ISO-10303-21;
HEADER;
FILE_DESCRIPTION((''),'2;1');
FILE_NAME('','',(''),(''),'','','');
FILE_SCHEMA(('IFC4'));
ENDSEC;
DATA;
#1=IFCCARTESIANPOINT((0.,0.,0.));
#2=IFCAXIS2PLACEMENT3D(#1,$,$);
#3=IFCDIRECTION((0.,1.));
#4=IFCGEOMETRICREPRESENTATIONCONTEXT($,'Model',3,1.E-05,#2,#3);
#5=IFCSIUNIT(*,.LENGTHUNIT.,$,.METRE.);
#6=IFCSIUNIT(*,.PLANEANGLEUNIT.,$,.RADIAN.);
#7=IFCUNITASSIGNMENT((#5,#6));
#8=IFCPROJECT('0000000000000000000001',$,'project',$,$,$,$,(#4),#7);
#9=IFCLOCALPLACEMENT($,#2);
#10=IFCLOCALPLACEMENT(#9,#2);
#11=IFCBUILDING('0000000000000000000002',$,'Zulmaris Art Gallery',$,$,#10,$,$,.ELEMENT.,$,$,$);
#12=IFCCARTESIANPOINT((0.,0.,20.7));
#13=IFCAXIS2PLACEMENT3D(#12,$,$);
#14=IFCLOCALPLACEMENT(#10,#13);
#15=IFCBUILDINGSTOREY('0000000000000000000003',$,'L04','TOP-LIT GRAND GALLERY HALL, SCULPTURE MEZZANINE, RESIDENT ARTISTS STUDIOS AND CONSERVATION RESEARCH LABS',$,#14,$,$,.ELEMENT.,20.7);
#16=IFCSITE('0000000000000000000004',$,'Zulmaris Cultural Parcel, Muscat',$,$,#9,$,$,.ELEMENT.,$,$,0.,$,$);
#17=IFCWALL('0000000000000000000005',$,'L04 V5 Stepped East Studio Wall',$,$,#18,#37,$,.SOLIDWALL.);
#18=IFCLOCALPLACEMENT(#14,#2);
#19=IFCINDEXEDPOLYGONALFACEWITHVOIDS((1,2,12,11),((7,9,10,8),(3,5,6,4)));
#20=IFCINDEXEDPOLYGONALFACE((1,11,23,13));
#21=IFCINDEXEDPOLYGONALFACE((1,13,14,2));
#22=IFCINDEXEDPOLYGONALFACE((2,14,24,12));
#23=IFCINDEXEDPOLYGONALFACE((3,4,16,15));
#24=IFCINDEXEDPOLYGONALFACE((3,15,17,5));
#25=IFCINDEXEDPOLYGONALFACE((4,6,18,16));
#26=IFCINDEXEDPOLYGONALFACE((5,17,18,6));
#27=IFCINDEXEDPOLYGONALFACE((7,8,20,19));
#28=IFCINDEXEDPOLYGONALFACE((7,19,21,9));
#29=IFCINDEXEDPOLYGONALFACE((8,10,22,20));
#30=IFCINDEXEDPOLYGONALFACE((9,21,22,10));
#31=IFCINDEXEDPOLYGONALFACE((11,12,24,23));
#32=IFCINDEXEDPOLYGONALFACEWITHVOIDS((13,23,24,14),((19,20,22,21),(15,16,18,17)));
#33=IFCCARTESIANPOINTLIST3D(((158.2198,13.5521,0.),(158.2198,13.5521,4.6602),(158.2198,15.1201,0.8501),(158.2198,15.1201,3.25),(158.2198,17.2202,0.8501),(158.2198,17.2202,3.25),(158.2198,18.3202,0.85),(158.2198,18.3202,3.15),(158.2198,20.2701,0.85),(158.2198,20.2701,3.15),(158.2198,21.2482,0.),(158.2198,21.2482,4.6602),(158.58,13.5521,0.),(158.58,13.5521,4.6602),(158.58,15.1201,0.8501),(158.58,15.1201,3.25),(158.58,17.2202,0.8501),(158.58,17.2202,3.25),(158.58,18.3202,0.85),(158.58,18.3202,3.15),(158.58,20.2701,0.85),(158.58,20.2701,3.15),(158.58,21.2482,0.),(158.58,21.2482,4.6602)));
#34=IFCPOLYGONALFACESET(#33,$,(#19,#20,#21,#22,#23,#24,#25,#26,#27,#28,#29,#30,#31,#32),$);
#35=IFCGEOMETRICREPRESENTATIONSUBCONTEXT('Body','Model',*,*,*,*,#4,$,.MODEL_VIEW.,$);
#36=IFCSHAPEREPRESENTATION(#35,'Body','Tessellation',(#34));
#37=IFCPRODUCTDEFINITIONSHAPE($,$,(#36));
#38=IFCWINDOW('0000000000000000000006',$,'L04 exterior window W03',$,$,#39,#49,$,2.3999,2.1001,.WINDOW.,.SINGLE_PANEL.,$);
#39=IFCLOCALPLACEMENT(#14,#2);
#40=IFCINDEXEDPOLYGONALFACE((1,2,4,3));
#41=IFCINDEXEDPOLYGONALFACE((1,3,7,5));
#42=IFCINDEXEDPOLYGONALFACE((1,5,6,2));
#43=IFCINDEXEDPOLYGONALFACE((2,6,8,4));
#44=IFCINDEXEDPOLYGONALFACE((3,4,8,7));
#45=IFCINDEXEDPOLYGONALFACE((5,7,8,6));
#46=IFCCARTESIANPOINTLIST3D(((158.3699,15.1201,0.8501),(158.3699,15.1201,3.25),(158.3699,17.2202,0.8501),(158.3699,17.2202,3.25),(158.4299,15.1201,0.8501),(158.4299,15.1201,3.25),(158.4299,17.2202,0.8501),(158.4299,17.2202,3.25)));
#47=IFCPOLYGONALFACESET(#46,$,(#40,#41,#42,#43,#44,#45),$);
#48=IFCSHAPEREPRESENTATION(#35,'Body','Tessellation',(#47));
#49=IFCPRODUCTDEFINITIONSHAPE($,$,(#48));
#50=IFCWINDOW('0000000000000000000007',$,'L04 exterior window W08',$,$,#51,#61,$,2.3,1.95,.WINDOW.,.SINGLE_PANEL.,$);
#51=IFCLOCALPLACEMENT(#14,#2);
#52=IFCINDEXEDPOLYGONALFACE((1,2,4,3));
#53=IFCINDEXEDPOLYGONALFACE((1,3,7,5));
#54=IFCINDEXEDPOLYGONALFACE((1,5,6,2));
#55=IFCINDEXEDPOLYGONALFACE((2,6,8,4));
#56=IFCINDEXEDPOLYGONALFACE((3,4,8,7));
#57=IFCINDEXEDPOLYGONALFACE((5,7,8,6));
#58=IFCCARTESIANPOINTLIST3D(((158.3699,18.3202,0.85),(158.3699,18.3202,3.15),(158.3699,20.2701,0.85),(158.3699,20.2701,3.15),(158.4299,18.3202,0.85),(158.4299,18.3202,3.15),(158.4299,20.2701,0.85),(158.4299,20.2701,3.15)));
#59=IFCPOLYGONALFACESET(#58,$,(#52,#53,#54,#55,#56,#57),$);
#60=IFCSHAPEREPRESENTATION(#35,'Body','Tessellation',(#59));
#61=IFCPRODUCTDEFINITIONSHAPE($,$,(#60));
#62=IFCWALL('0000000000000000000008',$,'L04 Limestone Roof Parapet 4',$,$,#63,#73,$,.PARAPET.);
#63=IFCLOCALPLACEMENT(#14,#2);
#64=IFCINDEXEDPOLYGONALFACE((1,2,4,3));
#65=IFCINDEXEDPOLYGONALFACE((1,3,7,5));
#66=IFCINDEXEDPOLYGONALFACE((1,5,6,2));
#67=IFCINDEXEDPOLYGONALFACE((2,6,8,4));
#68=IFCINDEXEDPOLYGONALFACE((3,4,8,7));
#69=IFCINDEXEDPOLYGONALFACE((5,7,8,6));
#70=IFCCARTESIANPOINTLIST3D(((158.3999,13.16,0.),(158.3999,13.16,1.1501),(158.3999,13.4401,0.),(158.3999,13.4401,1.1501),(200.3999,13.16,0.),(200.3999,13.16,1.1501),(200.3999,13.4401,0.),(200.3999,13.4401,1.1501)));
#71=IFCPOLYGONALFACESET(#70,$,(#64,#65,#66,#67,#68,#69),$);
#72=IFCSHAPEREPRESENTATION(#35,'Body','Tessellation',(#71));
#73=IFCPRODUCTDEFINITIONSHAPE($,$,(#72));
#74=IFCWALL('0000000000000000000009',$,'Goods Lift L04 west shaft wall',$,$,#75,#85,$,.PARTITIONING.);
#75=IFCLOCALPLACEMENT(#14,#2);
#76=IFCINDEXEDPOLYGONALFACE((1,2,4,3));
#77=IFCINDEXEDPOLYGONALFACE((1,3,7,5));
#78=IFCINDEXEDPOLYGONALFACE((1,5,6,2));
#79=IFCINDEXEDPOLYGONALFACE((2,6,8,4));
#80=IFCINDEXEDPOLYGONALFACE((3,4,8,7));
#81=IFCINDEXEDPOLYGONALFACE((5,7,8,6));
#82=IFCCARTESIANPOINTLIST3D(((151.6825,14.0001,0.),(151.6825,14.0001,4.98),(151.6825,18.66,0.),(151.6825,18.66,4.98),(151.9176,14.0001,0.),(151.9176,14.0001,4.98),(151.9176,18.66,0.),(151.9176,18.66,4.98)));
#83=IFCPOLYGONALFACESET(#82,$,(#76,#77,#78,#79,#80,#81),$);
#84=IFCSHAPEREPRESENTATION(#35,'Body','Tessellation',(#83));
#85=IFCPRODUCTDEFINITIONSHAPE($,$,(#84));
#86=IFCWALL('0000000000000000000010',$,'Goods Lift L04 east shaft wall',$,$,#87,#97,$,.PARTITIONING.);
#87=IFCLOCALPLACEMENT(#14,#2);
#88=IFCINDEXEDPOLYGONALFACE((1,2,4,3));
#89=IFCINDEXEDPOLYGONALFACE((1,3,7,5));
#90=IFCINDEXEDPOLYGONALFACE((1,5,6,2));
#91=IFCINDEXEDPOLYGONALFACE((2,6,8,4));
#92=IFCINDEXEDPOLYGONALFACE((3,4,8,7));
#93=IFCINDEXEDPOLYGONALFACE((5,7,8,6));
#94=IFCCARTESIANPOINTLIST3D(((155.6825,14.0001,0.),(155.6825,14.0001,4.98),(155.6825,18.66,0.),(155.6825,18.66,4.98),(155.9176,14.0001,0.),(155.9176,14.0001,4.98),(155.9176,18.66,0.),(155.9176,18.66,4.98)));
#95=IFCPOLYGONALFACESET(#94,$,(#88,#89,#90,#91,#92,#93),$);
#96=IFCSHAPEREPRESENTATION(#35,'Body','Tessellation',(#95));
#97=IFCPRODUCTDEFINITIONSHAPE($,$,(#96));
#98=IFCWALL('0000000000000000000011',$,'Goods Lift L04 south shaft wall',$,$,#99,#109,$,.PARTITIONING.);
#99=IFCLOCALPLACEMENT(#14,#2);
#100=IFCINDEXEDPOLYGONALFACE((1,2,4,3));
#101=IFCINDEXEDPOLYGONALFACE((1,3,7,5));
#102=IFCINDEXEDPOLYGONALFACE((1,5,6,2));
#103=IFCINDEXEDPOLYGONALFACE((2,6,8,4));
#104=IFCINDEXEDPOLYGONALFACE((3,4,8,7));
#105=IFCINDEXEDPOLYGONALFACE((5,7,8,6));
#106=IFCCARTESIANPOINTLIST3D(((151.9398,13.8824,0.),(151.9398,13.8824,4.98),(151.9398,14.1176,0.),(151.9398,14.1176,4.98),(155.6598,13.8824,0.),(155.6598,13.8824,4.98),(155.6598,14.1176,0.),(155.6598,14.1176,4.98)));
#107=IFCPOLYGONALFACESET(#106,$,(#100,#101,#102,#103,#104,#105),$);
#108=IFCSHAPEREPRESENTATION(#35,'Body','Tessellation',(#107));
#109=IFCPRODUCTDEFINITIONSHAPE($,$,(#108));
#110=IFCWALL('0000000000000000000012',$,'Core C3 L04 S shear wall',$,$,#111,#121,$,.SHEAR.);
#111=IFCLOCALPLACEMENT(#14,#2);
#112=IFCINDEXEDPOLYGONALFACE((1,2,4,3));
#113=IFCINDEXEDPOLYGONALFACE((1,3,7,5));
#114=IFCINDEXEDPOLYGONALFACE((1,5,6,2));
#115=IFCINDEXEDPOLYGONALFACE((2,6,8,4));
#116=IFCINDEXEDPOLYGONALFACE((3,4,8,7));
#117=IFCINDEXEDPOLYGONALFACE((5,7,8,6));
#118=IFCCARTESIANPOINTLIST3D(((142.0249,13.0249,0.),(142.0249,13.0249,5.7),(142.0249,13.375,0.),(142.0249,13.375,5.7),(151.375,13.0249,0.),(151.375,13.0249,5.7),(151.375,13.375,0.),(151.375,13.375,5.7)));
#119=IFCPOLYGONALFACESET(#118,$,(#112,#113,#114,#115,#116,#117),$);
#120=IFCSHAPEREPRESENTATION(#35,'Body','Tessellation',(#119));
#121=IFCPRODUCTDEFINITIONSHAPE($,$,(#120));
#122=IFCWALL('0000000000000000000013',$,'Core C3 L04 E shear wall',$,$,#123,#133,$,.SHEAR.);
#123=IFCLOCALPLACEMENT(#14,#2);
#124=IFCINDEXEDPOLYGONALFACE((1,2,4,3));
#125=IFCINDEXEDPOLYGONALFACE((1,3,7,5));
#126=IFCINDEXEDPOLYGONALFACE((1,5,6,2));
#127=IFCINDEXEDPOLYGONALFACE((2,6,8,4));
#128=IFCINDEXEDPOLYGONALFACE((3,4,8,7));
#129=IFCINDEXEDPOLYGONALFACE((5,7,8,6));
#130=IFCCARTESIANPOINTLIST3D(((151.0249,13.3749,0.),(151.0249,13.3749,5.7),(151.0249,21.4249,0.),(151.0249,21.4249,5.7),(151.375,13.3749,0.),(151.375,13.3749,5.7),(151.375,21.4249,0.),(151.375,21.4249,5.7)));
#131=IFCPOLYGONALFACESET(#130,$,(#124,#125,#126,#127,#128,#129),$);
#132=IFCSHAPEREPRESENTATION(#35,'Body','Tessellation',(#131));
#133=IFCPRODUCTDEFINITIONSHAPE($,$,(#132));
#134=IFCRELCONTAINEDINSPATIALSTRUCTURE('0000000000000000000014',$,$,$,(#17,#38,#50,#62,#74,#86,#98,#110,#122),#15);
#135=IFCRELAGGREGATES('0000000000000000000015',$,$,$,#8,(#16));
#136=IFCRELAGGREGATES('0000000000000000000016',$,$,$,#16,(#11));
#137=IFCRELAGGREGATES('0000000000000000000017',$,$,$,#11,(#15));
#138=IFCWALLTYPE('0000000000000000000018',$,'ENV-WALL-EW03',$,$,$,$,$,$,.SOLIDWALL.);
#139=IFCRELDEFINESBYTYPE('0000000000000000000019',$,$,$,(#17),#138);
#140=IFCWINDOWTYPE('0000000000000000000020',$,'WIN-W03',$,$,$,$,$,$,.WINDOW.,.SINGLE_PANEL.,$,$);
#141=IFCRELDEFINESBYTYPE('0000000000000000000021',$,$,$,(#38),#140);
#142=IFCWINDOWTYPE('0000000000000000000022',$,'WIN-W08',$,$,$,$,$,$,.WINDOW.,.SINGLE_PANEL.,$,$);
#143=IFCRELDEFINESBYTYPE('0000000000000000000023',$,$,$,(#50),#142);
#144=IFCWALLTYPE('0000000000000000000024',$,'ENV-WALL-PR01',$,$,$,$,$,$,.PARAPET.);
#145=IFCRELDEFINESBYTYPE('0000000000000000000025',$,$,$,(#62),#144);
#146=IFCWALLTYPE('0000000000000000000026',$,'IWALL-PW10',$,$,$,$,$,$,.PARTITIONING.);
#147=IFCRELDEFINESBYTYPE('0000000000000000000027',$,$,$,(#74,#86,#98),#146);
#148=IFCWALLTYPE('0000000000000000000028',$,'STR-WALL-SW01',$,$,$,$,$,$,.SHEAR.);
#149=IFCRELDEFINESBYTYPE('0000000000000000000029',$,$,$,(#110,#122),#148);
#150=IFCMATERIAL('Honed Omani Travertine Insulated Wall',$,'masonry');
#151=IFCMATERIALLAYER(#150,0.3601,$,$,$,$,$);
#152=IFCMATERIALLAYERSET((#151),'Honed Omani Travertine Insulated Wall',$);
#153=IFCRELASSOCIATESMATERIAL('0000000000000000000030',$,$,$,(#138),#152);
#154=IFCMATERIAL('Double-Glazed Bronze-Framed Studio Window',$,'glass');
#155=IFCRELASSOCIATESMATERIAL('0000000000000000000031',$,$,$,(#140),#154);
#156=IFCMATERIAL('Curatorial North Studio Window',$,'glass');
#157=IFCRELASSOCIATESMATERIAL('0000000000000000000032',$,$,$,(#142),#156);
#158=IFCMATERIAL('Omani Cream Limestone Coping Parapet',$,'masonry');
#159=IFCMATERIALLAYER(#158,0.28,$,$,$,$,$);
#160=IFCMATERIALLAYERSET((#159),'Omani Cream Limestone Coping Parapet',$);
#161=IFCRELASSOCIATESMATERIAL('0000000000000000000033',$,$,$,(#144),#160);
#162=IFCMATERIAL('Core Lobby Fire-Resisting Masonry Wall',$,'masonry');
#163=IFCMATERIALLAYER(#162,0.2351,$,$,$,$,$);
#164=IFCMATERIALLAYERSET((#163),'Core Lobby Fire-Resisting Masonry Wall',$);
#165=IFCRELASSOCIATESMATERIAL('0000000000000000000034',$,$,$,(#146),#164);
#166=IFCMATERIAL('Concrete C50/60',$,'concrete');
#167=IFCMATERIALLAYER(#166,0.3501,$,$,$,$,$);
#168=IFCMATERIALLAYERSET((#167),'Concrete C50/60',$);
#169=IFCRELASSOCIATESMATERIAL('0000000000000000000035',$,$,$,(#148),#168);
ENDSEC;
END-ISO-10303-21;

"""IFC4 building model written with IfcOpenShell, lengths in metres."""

from ifc_helpers import new_model, si_unit, direction, frame, frame_2d, origin, place, context, subcontext, project, spatial, rectangle, extrude, material, layer, layer_set, type_object, element, fill, save


model = new_model("IFC4")

# Units and contexts
model_context = context("Model", 3, precision=1e-05, world=origin(), true_north=direction((0.0, 1.0)))
body_context = subcontext(model_context, "Body", "Model", "MODEL_VIEW")
ifc_project = project(units=[si_unit("LENGTHUNIT", "METRE"), si_unit("PLANEANGLEUNIT", "RADIAN")], contexts=[model_context])

# Site, building, storey
site_placement = place(None, origin())
site = spatial("IfcSite", under=ifc_project, at=site_placement, Name="Zulmaris Cultural Parcel, Muscat", CompositionType="ELEMENT", RefElevation=0.0)
building_placement = place(site_placement, origin())
building = spatial("IfcBuilding", under=site, at=building_placement, Name="Zulmaris Art Gallery", CompositionType="ELEMENT")
storey_placement = place(building_placement, frame((0.0, 0.0, 20.7)))
storey = spatial("IfcBuildingStorey", under=building, at=storey_placement, Name="L04", Description="TOP-LIT GRAND GALLERY HALL, SCULPTURE MEZZANINE, RESIDENT ARTISTS STUDIOS AND CONSERVATION RESEARCH LABS", CompositionType="ELEMENT", Elevation=20.7)

# Wall, openings, windows
ifc_material_1 = material(Name="Honed Omani Travertine Insulated Wall", Category="masonry")
ifc_layer_1 = layer(ifc_material_1, 0.3601)
ifc_layer_set_1 = layer_set([ifc_layer_1], Name="Honed Omani Travertine Insulated Wall")
wall_type_1 = type_object("IfcWallType", Name="ENV-WALL-EW03", PredefinedType="SOLIDWALL", material=ifc_layer_set_1)
wall_1_placement = place(storey_placement, frame((158.3999, 13.552, 0.0), z_axis=(0.0, 0.0, 1.0), x_axis=(0.0, 1.0, 0.0)))
wall_1 = element("IfcWall", 1, at=wall_1_placement, inside=storey, type_object=wall_type_1, Name="L04 V5 Stepped East Studio Wall", PredefinedType="SOLIDWALL", context=body_context, shape_type="SweptSolid", body=[
    extrude(rectangle(XDim=7.696, YDim=0.3601, at=frame_2d((3.8481, 0.0))), origin(), (0.0, 0.0, 1.0), 4.6602),
])
opening_1_placement = place(wall_1_placement, frame((1.5681, 0.0, 0.8501)))
opening_1 = element("IfcOpeningElement", 2, at=opening_1_placement, cuts=wall_1, PredefinedType="OPENING", context=body_context, shape_type="SweptSolid", body=[
    extrude(rectangle(XDim=2.1001, YDim=2.3999, at=frame_2d((1.05, 1.2))), frame((0.0, 0.1899, 0.0), z_axis=(0.0, -1.0, 0.0), x_axis=(1.0, 0.0, 0.0)), (0.0, 0.0, 1.0), 0.3801),
])
opening_2_placement = place(wall_1_placement, frame((4.7681, 0.0, 0.8501)))
opening_2 = element("IfcOpeningElement", 3, at=opening_2_placement, cuts=wall_1, PredefinedType="OPENING", context=body_context, shape_type="SweptSolid", body=[
    extrude(rectangle(XDim=1.95, YDim=2.3, at=frame_2d((0.9751, 1.1499))), frame((0.0, 0.1899, 0.0), z_axis=(0.0, -1.0, 0.0), x_axis=(1.0, 0.0, 0.0)), (0.0, 0.0, 1.0), 0.3801),
])
ifc_material_2 = material(Name="Double-Glazed Bronze-Framed Studio Window", Category="glass")
window_type_1 = type_object("IfcWindowType", Name="WIN-W03", PartitioningType="SINGLE_PANEL", PredefinedType="WINDOW", material=ifc_material_2)
window_1_placement = place(opening_1_placement, origin())
window_1 = element("IfcWindow", 4, at=window_1_placement, inside=storey, type_object=window_type_1, Name="L04 exterior window W03", OverallHeight=2.3999, OverallWidth=2.1001, PartitioningType="SINGLE_PANEL", PredefinedType="WINDOW", context=body_context, shape_type="SweptSolid", body=[
    extrude(rectangle(XDim=2.1001, YDim=2.3999, at=frame_2d((1.05, 1.2))), frame((0.0, 0.03, 0.0), z_axis=(0.0, -1.0, 0.0), x_axis=(1.0, 0.0, 0.0)), (0.0, 0.0, 1.0), 0.0601),
])
fill(opening_1, window_1)
ifc_material_3 = material(Name="Curatorial North Studio Window", Category="glass")
window_type_2 = type_object("IfcWindowType", Name="WIN-W08", PartitioningType="SINGLE_PANEL", PredefinedType="WINDOW", material=ifc_material_3)
window_2_placement = place(opening_2_placement, origin())
window_2 = element("IfcWindow", 5, at=window_2_placement, inside=storey, type_object=window_type_2, Name="L04 exterior window W08", OverallHeight=2.3, OverallWidth=1.95, PartitioningType="SINGLE_PANEL", PredefinedType="WINDOW", context=body_context, shape_type="SweptSolid", body=[
    extrude(rectangle(XDim=1.95, YDim=2.3, at=frame_2d((0.9751, 1.1499))), frame((0.0, 0.03, 0.0), z_axis=(0.0, -1.0, 0.0), x_axis=(1.0, 0.0, 0.0)), (0.0, 0.0, 1.0), 0.0601),
])
fill(opening_2, window_2)

# Walls
ifc_material_4 = material(Name="Omani Cream Limestone Coping Parapet", Category="masonry")
ifc_layer_2 = layer(ifc_material_4, 0.28)
ifc_layer_set_2 = layer_set([ifc_layer_2], Name="Omani Cream Limestone Coping Parapet")
wall_type_2 = type_object("IfcWallType", Name="ENV-WALL-PR01", PredefinedType="PARAPET", material=ifc_layer_set_2)
wall_2_placement = place(storey_placement, frame((158.3999, 13.3, 0.0), z_axis=(0.0, 0.0, 1.0), x_axis=(1.0, 0.0, 0.0)))
element("IfcWall", 6, at=wall_2_placement, inside=storey, type_object=wall_type_2, Name="L04 Limestone Roof Parapet 4", PredefinedType="PARAPET", context=body_context, shape_type="SweptSolid", body=[
    extrude(rectangle(XDim=42.0, YDim=0.28, at=frame_2d((21.0, 0.0))), origin(), (0.0, 0.0, 1.0), 1.1501),
])
ifc_material_5 = material(Name="Core Lobby Fire-Resisting Masonry Wall", Category="masonry")
ifc_layer_3 = layer(ifc_material_5, 0.2351)
ifc_layer_set_3 = layer_set([ifc_layer_3], Name="Core Lobby Fire-Resisting Masonry Wall")
wall_type_3 = type_object("IfcWallType", Name="IWALL-PW10", PredefinedType="PARTITIONING", material=ifc_layer_set_3)
for number, where, z_axis, x_axis, name in (
    (7, (151.8, 14.0, 0.0), (0.0, 0.0, 1.0), (0.0, 1.0, 0.0), "Goods Lift L04 west shaft wall"),
    (8, (155.8, 14.0, 0.0), (0.0, 0.0, 1.0), (0.0, 1.0, 0.0), "Goods Lift L04 east shaft wall"),
):
    element("IfcWall", number, at=place(storey_placement, frame(where, z_axis=z_axis, x_axis=x_axis)), inside=storey, type_object=wall_type_3, Name=name, PredefinedType="PARTITIONING", context=body_context, shape_type="SweptSolid", body=[
        extrude(rectangle(XDim=4.6599, YDim=0.2351, at=frame_2d((2.3301, 0.0))), origin(), (0.0, 0.0, 1.0), 4.98),
    ])
wall_3_placement = place(storey_placement, frame((151.9399, 14.0, 0.0), z_axis=(0.0, 0.0, 1.0), x_axis=(1.0, 0.0, 0.0)))
element("IfcWall", 9, at=wall_3_placement, inside=storey, type_object=wall_type_3, Name="Goods Lift L04 south shaft wall", PredefinedType="PARTITIONING", context=body_context, shape_type="SweptSolid", body=[
    extrude(rectangle(XDim=3.72, YDim=0.2351, at=frame_2d((1.8599, 0.0))), origin(), (0.0, 0.0, 1.0), 4.98),
])
ifc_material_6 = material(Name="Concrete C50/60", Category="concrete")
ifc_layer_4 = layer(ifc_material_6, 0.3501)
ifc_layer_set_4 = layer_set([ifc_layer_4], Name="Concrete C50/60")
wall_type_4 = type_object("IfcWallType", Name="STR-WALL-SW01", PredefinedType="SHEAR", material=ifc_layer_set_4)
wall_4_placement = place(storey_placement, frame((151.375, 13.2, 0.0), z_axis=(0.0, 0.0, 1.0), x_axis=(-1.0, 0.0, 0.0)))
element("IfcWall", 10, at=wall_4_placement, inside=storey, type_object=wall_type_4, Name="Core C3 L04 S shear wall", PredefinedType="SHEAR", context=body_context, shape_type="SweptSolid", body=[
    extrude(rectangle(XDim=9.3501, YDim=0.3501, at=frame_2d((4.675, 0.0))), origin(), (0.0, 0.0, 1.0), 5.7),
])
wall_5_placement = place(storey_placement, frame((151.2, 13.375, 0.0), z_axis=(0.0, 0.0, 1.0), x_axis=(0.0, 1.0, 0.0)))
element("IfcWall", 11, at=wall_5_placement, inside=storey, type_object=wall_type_4, Name="Core C3 L04 E shear wall", PredefinedType="SHEAR", context=body_context, shape_type="SweptSolid", body=[
    extrude(rectangle(XDim=8.05, YDim=0.3501, at=frame_2d((4.0249, 0.0))), origin(), (0.0, 0.0, 1.0), 5.7),
])

save(model, "model.ifc")
